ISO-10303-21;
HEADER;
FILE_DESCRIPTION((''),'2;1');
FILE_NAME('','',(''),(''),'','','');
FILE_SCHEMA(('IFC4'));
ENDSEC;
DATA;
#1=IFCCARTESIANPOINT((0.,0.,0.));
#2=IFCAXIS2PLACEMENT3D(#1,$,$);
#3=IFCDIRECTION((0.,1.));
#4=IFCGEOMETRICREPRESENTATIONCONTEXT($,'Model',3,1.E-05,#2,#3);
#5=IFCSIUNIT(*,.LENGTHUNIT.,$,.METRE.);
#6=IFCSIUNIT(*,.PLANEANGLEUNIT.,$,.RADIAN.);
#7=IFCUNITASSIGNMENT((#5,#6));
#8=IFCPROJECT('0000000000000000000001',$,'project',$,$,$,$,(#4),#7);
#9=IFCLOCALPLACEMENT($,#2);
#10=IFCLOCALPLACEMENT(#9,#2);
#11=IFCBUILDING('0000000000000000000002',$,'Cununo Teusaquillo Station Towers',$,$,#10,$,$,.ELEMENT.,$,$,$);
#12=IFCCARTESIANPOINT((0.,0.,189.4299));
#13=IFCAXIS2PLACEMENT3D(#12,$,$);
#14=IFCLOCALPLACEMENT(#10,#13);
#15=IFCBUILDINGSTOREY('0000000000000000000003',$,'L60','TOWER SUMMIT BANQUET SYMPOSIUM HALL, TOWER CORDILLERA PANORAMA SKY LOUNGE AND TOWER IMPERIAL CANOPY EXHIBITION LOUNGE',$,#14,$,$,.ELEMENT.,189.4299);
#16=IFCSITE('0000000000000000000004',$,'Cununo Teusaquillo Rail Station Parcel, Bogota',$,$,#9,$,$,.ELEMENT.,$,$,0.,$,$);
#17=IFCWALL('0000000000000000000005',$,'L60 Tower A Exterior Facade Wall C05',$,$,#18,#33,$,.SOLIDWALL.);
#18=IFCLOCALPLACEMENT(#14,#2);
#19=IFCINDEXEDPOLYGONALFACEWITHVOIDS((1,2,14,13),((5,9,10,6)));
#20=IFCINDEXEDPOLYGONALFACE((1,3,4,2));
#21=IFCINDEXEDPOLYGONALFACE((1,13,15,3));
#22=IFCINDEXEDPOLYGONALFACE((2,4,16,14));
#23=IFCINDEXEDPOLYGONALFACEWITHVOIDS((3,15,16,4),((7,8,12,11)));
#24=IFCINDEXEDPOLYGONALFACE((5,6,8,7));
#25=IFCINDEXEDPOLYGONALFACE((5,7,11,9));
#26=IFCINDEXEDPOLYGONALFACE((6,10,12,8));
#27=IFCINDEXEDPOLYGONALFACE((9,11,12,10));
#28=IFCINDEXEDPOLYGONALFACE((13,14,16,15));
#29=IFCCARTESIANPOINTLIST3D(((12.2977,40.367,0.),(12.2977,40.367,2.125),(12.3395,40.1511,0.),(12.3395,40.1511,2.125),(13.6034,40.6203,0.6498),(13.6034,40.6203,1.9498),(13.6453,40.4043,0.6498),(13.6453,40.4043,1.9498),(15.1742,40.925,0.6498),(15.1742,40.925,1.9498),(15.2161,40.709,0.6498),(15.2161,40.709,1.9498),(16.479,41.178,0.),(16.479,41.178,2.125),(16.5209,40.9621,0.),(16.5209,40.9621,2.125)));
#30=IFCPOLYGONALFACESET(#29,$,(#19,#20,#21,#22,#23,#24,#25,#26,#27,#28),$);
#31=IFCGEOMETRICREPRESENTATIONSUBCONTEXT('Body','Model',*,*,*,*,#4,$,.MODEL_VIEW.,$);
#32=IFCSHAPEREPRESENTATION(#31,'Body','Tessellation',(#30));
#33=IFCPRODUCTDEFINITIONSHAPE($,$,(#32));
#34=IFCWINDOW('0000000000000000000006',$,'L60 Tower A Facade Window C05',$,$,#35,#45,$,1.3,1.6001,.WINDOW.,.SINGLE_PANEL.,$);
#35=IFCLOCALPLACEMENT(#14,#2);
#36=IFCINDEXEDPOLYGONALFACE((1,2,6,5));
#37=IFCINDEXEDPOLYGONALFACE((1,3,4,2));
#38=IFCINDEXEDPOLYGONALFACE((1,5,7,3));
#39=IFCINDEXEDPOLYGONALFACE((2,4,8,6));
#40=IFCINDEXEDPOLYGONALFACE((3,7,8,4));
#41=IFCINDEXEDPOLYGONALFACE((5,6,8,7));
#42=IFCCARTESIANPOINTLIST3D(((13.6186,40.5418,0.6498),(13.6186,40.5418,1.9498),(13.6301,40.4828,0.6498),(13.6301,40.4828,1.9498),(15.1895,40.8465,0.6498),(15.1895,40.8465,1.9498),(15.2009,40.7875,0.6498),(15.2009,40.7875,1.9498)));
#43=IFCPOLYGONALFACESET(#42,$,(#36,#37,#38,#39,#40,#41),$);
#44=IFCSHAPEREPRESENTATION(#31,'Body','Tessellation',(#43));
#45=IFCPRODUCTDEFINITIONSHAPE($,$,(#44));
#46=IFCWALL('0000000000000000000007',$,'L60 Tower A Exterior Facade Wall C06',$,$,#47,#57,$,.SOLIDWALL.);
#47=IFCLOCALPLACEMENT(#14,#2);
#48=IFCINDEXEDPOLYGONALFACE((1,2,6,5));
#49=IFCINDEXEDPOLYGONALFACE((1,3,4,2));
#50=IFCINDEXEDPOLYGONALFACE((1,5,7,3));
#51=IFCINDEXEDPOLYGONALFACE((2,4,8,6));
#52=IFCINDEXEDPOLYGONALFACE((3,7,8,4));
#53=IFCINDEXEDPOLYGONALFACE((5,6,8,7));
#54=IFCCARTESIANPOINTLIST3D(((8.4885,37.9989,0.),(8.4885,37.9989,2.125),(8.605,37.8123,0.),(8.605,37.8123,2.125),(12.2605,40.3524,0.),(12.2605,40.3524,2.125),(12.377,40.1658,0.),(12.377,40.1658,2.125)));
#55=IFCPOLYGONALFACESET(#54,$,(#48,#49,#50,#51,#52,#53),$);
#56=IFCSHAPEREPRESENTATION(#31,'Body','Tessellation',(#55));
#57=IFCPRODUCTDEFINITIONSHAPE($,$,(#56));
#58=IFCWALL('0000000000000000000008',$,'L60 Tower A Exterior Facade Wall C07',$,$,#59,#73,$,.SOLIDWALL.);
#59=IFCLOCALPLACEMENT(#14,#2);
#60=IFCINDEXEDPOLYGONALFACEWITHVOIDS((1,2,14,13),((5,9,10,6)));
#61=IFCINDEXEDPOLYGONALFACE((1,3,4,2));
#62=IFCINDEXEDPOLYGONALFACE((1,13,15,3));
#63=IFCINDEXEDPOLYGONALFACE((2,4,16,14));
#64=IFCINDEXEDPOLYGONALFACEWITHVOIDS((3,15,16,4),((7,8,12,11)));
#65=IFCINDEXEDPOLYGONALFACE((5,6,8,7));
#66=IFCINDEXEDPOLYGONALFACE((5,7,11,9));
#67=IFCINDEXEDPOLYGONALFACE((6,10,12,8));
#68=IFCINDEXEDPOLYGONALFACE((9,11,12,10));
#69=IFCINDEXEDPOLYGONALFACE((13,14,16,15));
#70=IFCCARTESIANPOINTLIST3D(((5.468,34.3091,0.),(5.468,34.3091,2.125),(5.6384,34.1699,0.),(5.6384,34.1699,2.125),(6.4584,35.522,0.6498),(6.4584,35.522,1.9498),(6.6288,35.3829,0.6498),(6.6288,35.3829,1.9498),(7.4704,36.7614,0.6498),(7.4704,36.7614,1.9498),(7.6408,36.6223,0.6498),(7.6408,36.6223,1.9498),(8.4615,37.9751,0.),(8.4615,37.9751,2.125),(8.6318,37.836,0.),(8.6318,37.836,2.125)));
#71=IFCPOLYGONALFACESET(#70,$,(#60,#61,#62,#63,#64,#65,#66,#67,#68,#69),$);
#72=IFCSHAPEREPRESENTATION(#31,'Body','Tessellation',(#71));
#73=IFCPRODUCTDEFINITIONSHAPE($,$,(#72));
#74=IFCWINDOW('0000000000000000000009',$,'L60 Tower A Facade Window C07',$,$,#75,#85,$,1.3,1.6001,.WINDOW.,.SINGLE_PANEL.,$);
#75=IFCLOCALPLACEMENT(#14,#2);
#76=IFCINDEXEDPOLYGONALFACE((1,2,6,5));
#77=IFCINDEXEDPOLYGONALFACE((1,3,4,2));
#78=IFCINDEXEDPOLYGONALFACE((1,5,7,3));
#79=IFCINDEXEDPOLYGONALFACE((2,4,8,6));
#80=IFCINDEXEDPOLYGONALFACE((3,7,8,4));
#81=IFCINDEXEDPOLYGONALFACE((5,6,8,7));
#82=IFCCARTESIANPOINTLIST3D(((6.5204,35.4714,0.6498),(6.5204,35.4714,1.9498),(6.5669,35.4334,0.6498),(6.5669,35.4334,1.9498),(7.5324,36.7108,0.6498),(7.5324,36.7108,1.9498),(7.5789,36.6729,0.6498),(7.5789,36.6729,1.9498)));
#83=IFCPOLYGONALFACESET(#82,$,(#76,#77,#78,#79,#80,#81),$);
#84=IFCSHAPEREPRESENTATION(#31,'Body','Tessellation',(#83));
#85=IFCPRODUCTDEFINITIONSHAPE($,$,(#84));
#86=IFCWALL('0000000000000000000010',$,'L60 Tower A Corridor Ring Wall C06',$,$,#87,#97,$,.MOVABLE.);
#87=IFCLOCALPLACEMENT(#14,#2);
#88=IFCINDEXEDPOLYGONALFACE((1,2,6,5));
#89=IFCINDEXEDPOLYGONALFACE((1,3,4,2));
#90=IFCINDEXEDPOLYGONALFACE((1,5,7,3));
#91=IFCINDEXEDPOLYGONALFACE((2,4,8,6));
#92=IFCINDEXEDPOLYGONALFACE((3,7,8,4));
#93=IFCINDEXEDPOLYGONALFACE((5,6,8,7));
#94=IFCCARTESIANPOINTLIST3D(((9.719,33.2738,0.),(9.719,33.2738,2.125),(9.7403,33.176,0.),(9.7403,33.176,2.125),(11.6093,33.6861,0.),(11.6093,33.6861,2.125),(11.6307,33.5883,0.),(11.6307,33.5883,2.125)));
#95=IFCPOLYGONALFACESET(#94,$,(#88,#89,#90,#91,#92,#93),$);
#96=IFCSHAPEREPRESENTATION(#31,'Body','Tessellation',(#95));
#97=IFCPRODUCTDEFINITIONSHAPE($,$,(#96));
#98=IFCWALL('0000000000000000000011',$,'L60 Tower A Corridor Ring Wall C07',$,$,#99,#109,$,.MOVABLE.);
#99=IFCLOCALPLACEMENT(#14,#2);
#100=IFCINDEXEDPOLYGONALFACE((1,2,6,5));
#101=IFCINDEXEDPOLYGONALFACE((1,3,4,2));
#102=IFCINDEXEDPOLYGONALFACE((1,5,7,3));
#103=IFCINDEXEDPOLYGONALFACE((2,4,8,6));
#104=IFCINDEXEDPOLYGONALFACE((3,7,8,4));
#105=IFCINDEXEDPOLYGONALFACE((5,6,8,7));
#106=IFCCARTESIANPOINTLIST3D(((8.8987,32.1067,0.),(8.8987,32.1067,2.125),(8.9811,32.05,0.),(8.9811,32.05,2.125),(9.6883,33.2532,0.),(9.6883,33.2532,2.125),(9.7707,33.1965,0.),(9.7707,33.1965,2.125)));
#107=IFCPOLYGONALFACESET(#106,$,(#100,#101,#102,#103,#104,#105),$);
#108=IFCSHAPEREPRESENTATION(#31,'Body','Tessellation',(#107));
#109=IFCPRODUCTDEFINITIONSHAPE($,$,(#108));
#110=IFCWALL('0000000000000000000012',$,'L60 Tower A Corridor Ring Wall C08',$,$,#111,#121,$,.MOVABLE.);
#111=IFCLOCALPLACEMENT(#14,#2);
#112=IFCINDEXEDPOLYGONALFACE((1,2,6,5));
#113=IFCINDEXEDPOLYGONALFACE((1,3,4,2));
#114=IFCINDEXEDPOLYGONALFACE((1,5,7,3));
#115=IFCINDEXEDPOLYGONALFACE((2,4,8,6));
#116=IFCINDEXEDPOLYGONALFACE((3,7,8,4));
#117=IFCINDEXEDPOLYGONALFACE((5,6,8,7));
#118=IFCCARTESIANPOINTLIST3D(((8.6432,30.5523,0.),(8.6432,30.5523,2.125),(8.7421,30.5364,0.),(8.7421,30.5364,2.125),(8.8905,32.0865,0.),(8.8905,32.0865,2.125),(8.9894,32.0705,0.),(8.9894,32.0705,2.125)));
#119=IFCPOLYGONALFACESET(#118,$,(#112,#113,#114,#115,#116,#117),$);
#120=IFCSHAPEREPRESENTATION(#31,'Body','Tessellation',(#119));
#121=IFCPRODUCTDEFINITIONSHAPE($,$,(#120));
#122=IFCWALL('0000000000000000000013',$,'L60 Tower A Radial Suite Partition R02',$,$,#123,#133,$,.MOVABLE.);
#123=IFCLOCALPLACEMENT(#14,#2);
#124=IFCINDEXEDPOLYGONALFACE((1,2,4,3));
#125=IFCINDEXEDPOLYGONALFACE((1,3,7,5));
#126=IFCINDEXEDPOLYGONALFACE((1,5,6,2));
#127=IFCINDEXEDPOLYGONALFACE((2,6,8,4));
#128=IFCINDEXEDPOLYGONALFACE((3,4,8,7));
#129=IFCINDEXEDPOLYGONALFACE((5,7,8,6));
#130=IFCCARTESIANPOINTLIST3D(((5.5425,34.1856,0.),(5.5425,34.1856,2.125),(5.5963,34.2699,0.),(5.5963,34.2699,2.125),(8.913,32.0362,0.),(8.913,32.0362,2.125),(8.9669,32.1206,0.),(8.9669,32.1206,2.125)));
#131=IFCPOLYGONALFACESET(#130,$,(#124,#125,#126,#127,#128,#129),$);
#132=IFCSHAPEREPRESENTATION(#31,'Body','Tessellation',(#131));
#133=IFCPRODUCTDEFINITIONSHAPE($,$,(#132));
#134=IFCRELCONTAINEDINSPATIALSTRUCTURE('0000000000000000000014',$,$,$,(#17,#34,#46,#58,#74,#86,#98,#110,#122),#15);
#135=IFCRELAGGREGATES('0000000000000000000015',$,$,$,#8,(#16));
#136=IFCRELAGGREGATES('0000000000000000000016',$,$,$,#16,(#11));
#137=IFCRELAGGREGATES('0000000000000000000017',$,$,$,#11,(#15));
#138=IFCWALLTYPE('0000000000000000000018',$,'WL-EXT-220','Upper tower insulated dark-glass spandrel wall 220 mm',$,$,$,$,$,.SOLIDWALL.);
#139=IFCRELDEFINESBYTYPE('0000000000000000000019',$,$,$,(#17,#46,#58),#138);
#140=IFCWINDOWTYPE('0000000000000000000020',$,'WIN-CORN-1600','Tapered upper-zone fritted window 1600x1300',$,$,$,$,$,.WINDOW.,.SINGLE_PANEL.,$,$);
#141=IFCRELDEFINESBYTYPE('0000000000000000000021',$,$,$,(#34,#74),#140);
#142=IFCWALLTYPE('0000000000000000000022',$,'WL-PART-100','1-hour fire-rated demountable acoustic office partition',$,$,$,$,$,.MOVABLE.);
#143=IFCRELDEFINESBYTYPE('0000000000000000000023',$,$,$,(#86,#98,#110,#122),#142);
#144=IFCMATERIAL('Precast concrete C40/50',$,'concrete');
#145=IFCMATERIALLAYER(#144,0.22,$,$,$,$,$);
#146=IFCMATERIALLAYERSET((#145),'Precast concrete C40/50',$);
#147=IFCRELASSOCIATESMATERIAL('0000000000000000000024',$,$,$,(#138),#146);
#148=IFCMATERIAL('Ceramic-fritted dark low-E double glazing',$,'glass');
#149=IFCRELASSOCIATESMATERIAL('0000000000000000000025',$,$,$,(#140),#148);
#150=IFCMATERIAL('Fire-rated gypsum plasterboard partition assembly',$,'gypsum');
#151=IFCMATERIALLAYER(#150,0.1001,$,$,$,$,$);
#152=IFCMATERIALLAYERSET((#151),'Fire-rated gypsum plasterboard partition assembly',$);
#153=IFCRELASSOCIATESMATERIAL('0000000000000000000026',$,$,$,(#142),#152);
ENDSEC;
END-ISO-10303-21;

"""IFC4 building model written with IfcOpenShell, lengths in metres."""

from ifc_helpers import new_model, si_unit, direction, frame, frame_2d, origin, place, context, subcontext, project, spatial, rectangle, extrude, source, transform, mapped, material, layer, layer_set, type_object, element, fill, save


model = new_model("IFC4")

# Units and contexts
model_context = context("Model", 3, precision=1e-05, world=origin(), true_north=direction((0.0, 1.0)))
body_context = subcontext(model_context, "Body", "Model", "MODEL_VIEW")
ifc_project = project(units=[si_unit("LENGTHUNIT", "METRE"), si_unit("PLANEANGLEUNIT", "RADIAN")], contexts=[model_context])

# Site, building, storey
site_placement = place(None, origin())
site = spatial("IfcSite", under=ifc_project, at=site_placement, Name="Cununo Teusaquillo Rail Station Parcel, Bogota", CompositionType="ELEMENT", RefElevation=0.0)
building_placement = place(site_placement, origin())
building = spatial("IfcBuilding", under=site, at=building_placement, Name="Cununo Teusaquillo Station Towers", CompositionType="ELEMENT")
storey_placement = place(building_placement, frame((0.0, 0.0, 189.4299)))
storey = spatial("IfcBuildingStorey", under=building, at=storey_placement, Name="L60", Description="TOWER SUMMIT BANQUET SYMPOSIUM HALL, TOWER CORDILLERA PANORAMA SKY LOUNGE AND TOWER IMPERIAL CANOPY EXHIBITION LOUNGE", CompositionType="ELEMENT", Elevation=189.4299)

# Wall, opening, window
ifc_material_1 = material(Name="Precast concrete C40/50", Category="concrete")
ifc_layer_1 = layer(ifc_material_1, 0.22)
ifc_layer_set_1 = layer_set([ifc_layer_1], Name="Precast concrete C40/50")
wall_type_1 = type_object("IfcWallType", Name="WL-EXT-220", Description="Upper tower insulated dark-glass spandrel wall 220 mm", PredefinedType="SOLIDWALL", material=ifc_layer_set_1)
wall_1_placement = place(storey_placement, frame((12.3186, 40.259, 0.0), z_axis=(0.0, 0.0, 1.0), x_axis=(0.981704, 0.190414, 0.0)))
wall_1 = element("IfcWall", 1, at=wall_1_placement, inside=storey, type_object=wall_type_1, Name="L60 Tower A Exterior Facade Wall C05", PredefinedType="SOLIDWALL", context=body_context, shape_type="SweptSolid", body=[
    extrude(rectangle(XDim=4.2593, YDim=0.22, at=frame_2d((2.1296, 0.0))), origin(), (0.0, 0.0, 1.0), 2.125),
])
shared_shape_1 = source(origin(), body_context, "Body", "SweptSolid", [
    extrude(rectangle(XDim=1.6001, YDim=1.3, at=frame_2d((0.8, 0.6499))), frame((0.0, 0.1199, 0.0), z_axis=(0.0, -1.0, 0.0), x_axis=(1.0, 0.0, 0.0)), (0.0, 0.0, 1.0), 0.24),
])
opening_1_placement = place(wall_1_placement, frame((1.3301, 0.0, 0.6499)))
opening_1 = element("IfcOpeningElement", 2, at=opening_1_placement, cuts=wall_1, PredefinedType="OPENING", context=body_context, shape_type="MappedRepresentation", body=[
    mapped(shared_shape_1, transform((0.0, 0.0, 0.0), x_axis=(1.0, 0.0, 0.0), y_axis=(0.0, 1.0, 0.0), z_axis=(0.0, 0.0, 1.0), scale=1.0)),
])
ifc_material_2 = material(Name="Ceramic-fritted dark low-E double glazing", Category="glass")
window_type = type_object("IfcWindowType", Name="WIN-CORN-1600", Description="Tapered upper-zone fritted window 1600x1300", PartitioningType="SINGLE_PANEL", PredefinedType="WINDOW", material=ifc_material_2)
shared_shape_2 = source(origin(), body_context, "Body", "SweptSolid", [
    extrude(rectangle(XDim=1.6001, YDim=1.3, at=frame_2d((0.8, 0.6499))), frame((0.0, 0.03, 0.0), z_axis=(0.0, -1.0, 0.0), x_axis=(1.0, 0.0, 0.0)), (0.0, 0.0, 1.0), 0.0601),
])
window_1_placement = place(opening_1_placement, origin())
window_1 = element("IfcWindow", 3, at=window_1_placement, inside=storey, type_object=window_type, Name="L60 Tower A Facade Window C05", OverallHeight=1.3, OverallWidth=1.6001, PartitioningType="SINGLE_PANEL", PredefinedType="WINDOW", context=body_context, shape_type="MappedRepresentation", body=[
    mapped(shared_shape_2, transform((0.0, 0.0, 0.0), x_axis=(1.0, 0.0, 0.0), y_axis=(0.0, 1.0, 0.0), z_axis=(0.0, 0.0, 1.0), scale=1.0)),
])
fill(opening_1, window_1)

# Wall
wall_2_placement = place(storey_placement, frame((8.5466, 37.9055, 0.0), z_axis=(0.0, 0.0, 1.0), x_axis=(0.848399, 0.529357, 0.0)))
element("IfcWall", 4, at=wall_2_placement, inside=storey, type_object=wall_type_1, Name="L60 Tower A Exterior Facade Wall C06", PredefinedType="SOLIDWALL", context=body_context, shape_type="SweptSolid", body=[
    extrude(rectangle(XDim=4.446, YDim=0.22, at=frame_2d((2.2231, 0.0))), origin(), (0.0, 0.0, 1.0), 2.125),
])

# Wall, opening, window
wall_3_placement = place(storey_placement, frame((5.5532, 34.2395, 0.0), z_axis=(0.0, 0.0, 1.0), x_axis=(0.632471, 0.774584, 0.0)))
wall_3 = element("IfcWall", 5, at=wall_3_placement, inside=storey, type_object=wall_type_1, Name="L60 Tower A Exterior Facade Wall C07", PredefinedType="SOLIDWALL", context=body_context, shape_type="SweptSolid", body=[
    extrude(rectangle(XDim=4.7329, YDim=0.22, at=frame_2d((2.3665, 0.0))), origin(), (0.0, 0.0, 1.0), 2.125),
])
opening_2_placement = place(wall_3_placement, frame((1.5659, 0.0, 0.6499)))
opening_2 = element("IfcOpeningElement", 6, at=opening_2_placement, cuts=wall_3, PredefinedType="OPENING", context=body_context, shape_type="MappedRepresentation", body=[
    mapped(shared_shape_1, transform((0.0, 0.0, 0.0), x_axis=(1.0, 0.0, 0.0), y_axis=(0.0, 1.0, 0.0), z_axis=(0.0, 0.0, 1.0), scale=1.0)),
])
window_2_placement = place(opening_2_placement, origin())
window_2 = element("IfcWindow", 7, at=window_2_placement, inside=storey, type_object=window_type, Name="L60 Tower A Facade Window C07", OverallHeight=1.3, OverallWidth=1.6001, PartitioningType="SINGLE_PANEL", PredefinedType="WINDOW", context=body_context, shape_type="MappedRepresentation", body=[
    mapped(shared_shape_2, transform((0.0, 0.0, 0.0), x_axis=(1.0, 0.0, 0.0), y_axis=(0.0, 1.0, 0.0), z_axis=(0.0, 0.0, 1.0), scale=1.0)),
])
fill(opening_2, window_2)

# Walls
ifc_material_3 = material(Name="Fire-rated gypsum plasterboard partition assembly", Category="gypsum")
ifc_layer_2 = layer(ifc_material_3, 0.1001)
ifc_layer_set_2 = layer_set([ifc_layer_2], Name="Fire-rated gypsum plasterboard partition assembly")
wall_type_2 = type_object("IfcWallType", Name="WL-PART-100", Description="1-hour fire-rated demountable acoustic office partition", PredefinedType="MOVABLE", material=ifc_layer_set_2)
wall_4_placement = place(storey_placement, frame((11.6199, 33.6372, 0.0), z_axis=(0.0, 0.0, 1.0), x_axis=(-0.977026, -0.213121, 0.0)))
element("IfcWall", 8, at=wall_4_placement, inside=storey, type_object=wall_type_2, Name="L60 Tower A Corridor Ring Wall C06", PredefinedType="MOVABLE", context=body_context, shape_type="SweptSolid", body=[
    extrude(rectangle(XDim=1.9348, YDim=0.1001, at=frame_2d((0.9673, 0.0))), origin(), (0.0, 0.0, 1.0), 2.125),
])
wall_5_placement = place(storey_placement, frame((9.7295, 33.2249, 0.0), z_axis=(0.0, 0.0, 1.0), x_axis=(-0.567184, -0.823591, 0.0)))
element("IfcWall", 9, at=wall_5_placement, inside=storey, type_object=wall_type_2, Name="L60 Tower A Corridor Ring Wall C07", PredefinedType="MOVABLE", context=body_context, shape_type="SweptSolid", body=[
    extrude(rectangle(XDim=1.3921, YDim=0.1001, at=frame_2d((0.696, 0.0))), origin(), (0.0, 0.0, 1.0), 2.125),
])
wall_6_placement = place(storey_placement, frame((8.9399, 32.0784, 0.0), z_axis=(0.0, 0.0, 1.0), x_axis=(-0.159148, -0.987255, 0.0)))
element("IfcWall", 10, at=wall_6_placement, inside=storey, type_object=wall_type_2, Name="L60 Tower A Corridor Ring Wall C08", PredefinedType="MOVABLE", context=body_context, shape_type="SweptSolid", body=[
    extrude(rectangle(XDim=1.554, YDim=0.1001, at=frame_2d((0.7769, 0.0))), origin(), (0.0, 0.0, 1.0), 2.125),
])
wall_7_placement = place(storey_placement, frame((8.9399, 32.0784, 0.0), z_axis=(0.0, 0.0, 1.0), x_axis=(-0.843153, 0.537673, 0.0)))
element("IfcWall", 11, at=wall_7_placement, inside=storey, type_object=wall_type_2, Name="L60 Tower A Radial Suite Partition R02", PredefinedType="MOVABLE", context=body_context, shape_type="SweptSolid", body=[
    extrude(rectangle(XDim=3.9976, YDim=0.1001, at=frame_2d((1.9988, 0.0))), origin(), (0.0, 0.0, 1.0), 2.125),
])

save(model, "model.ifc")
